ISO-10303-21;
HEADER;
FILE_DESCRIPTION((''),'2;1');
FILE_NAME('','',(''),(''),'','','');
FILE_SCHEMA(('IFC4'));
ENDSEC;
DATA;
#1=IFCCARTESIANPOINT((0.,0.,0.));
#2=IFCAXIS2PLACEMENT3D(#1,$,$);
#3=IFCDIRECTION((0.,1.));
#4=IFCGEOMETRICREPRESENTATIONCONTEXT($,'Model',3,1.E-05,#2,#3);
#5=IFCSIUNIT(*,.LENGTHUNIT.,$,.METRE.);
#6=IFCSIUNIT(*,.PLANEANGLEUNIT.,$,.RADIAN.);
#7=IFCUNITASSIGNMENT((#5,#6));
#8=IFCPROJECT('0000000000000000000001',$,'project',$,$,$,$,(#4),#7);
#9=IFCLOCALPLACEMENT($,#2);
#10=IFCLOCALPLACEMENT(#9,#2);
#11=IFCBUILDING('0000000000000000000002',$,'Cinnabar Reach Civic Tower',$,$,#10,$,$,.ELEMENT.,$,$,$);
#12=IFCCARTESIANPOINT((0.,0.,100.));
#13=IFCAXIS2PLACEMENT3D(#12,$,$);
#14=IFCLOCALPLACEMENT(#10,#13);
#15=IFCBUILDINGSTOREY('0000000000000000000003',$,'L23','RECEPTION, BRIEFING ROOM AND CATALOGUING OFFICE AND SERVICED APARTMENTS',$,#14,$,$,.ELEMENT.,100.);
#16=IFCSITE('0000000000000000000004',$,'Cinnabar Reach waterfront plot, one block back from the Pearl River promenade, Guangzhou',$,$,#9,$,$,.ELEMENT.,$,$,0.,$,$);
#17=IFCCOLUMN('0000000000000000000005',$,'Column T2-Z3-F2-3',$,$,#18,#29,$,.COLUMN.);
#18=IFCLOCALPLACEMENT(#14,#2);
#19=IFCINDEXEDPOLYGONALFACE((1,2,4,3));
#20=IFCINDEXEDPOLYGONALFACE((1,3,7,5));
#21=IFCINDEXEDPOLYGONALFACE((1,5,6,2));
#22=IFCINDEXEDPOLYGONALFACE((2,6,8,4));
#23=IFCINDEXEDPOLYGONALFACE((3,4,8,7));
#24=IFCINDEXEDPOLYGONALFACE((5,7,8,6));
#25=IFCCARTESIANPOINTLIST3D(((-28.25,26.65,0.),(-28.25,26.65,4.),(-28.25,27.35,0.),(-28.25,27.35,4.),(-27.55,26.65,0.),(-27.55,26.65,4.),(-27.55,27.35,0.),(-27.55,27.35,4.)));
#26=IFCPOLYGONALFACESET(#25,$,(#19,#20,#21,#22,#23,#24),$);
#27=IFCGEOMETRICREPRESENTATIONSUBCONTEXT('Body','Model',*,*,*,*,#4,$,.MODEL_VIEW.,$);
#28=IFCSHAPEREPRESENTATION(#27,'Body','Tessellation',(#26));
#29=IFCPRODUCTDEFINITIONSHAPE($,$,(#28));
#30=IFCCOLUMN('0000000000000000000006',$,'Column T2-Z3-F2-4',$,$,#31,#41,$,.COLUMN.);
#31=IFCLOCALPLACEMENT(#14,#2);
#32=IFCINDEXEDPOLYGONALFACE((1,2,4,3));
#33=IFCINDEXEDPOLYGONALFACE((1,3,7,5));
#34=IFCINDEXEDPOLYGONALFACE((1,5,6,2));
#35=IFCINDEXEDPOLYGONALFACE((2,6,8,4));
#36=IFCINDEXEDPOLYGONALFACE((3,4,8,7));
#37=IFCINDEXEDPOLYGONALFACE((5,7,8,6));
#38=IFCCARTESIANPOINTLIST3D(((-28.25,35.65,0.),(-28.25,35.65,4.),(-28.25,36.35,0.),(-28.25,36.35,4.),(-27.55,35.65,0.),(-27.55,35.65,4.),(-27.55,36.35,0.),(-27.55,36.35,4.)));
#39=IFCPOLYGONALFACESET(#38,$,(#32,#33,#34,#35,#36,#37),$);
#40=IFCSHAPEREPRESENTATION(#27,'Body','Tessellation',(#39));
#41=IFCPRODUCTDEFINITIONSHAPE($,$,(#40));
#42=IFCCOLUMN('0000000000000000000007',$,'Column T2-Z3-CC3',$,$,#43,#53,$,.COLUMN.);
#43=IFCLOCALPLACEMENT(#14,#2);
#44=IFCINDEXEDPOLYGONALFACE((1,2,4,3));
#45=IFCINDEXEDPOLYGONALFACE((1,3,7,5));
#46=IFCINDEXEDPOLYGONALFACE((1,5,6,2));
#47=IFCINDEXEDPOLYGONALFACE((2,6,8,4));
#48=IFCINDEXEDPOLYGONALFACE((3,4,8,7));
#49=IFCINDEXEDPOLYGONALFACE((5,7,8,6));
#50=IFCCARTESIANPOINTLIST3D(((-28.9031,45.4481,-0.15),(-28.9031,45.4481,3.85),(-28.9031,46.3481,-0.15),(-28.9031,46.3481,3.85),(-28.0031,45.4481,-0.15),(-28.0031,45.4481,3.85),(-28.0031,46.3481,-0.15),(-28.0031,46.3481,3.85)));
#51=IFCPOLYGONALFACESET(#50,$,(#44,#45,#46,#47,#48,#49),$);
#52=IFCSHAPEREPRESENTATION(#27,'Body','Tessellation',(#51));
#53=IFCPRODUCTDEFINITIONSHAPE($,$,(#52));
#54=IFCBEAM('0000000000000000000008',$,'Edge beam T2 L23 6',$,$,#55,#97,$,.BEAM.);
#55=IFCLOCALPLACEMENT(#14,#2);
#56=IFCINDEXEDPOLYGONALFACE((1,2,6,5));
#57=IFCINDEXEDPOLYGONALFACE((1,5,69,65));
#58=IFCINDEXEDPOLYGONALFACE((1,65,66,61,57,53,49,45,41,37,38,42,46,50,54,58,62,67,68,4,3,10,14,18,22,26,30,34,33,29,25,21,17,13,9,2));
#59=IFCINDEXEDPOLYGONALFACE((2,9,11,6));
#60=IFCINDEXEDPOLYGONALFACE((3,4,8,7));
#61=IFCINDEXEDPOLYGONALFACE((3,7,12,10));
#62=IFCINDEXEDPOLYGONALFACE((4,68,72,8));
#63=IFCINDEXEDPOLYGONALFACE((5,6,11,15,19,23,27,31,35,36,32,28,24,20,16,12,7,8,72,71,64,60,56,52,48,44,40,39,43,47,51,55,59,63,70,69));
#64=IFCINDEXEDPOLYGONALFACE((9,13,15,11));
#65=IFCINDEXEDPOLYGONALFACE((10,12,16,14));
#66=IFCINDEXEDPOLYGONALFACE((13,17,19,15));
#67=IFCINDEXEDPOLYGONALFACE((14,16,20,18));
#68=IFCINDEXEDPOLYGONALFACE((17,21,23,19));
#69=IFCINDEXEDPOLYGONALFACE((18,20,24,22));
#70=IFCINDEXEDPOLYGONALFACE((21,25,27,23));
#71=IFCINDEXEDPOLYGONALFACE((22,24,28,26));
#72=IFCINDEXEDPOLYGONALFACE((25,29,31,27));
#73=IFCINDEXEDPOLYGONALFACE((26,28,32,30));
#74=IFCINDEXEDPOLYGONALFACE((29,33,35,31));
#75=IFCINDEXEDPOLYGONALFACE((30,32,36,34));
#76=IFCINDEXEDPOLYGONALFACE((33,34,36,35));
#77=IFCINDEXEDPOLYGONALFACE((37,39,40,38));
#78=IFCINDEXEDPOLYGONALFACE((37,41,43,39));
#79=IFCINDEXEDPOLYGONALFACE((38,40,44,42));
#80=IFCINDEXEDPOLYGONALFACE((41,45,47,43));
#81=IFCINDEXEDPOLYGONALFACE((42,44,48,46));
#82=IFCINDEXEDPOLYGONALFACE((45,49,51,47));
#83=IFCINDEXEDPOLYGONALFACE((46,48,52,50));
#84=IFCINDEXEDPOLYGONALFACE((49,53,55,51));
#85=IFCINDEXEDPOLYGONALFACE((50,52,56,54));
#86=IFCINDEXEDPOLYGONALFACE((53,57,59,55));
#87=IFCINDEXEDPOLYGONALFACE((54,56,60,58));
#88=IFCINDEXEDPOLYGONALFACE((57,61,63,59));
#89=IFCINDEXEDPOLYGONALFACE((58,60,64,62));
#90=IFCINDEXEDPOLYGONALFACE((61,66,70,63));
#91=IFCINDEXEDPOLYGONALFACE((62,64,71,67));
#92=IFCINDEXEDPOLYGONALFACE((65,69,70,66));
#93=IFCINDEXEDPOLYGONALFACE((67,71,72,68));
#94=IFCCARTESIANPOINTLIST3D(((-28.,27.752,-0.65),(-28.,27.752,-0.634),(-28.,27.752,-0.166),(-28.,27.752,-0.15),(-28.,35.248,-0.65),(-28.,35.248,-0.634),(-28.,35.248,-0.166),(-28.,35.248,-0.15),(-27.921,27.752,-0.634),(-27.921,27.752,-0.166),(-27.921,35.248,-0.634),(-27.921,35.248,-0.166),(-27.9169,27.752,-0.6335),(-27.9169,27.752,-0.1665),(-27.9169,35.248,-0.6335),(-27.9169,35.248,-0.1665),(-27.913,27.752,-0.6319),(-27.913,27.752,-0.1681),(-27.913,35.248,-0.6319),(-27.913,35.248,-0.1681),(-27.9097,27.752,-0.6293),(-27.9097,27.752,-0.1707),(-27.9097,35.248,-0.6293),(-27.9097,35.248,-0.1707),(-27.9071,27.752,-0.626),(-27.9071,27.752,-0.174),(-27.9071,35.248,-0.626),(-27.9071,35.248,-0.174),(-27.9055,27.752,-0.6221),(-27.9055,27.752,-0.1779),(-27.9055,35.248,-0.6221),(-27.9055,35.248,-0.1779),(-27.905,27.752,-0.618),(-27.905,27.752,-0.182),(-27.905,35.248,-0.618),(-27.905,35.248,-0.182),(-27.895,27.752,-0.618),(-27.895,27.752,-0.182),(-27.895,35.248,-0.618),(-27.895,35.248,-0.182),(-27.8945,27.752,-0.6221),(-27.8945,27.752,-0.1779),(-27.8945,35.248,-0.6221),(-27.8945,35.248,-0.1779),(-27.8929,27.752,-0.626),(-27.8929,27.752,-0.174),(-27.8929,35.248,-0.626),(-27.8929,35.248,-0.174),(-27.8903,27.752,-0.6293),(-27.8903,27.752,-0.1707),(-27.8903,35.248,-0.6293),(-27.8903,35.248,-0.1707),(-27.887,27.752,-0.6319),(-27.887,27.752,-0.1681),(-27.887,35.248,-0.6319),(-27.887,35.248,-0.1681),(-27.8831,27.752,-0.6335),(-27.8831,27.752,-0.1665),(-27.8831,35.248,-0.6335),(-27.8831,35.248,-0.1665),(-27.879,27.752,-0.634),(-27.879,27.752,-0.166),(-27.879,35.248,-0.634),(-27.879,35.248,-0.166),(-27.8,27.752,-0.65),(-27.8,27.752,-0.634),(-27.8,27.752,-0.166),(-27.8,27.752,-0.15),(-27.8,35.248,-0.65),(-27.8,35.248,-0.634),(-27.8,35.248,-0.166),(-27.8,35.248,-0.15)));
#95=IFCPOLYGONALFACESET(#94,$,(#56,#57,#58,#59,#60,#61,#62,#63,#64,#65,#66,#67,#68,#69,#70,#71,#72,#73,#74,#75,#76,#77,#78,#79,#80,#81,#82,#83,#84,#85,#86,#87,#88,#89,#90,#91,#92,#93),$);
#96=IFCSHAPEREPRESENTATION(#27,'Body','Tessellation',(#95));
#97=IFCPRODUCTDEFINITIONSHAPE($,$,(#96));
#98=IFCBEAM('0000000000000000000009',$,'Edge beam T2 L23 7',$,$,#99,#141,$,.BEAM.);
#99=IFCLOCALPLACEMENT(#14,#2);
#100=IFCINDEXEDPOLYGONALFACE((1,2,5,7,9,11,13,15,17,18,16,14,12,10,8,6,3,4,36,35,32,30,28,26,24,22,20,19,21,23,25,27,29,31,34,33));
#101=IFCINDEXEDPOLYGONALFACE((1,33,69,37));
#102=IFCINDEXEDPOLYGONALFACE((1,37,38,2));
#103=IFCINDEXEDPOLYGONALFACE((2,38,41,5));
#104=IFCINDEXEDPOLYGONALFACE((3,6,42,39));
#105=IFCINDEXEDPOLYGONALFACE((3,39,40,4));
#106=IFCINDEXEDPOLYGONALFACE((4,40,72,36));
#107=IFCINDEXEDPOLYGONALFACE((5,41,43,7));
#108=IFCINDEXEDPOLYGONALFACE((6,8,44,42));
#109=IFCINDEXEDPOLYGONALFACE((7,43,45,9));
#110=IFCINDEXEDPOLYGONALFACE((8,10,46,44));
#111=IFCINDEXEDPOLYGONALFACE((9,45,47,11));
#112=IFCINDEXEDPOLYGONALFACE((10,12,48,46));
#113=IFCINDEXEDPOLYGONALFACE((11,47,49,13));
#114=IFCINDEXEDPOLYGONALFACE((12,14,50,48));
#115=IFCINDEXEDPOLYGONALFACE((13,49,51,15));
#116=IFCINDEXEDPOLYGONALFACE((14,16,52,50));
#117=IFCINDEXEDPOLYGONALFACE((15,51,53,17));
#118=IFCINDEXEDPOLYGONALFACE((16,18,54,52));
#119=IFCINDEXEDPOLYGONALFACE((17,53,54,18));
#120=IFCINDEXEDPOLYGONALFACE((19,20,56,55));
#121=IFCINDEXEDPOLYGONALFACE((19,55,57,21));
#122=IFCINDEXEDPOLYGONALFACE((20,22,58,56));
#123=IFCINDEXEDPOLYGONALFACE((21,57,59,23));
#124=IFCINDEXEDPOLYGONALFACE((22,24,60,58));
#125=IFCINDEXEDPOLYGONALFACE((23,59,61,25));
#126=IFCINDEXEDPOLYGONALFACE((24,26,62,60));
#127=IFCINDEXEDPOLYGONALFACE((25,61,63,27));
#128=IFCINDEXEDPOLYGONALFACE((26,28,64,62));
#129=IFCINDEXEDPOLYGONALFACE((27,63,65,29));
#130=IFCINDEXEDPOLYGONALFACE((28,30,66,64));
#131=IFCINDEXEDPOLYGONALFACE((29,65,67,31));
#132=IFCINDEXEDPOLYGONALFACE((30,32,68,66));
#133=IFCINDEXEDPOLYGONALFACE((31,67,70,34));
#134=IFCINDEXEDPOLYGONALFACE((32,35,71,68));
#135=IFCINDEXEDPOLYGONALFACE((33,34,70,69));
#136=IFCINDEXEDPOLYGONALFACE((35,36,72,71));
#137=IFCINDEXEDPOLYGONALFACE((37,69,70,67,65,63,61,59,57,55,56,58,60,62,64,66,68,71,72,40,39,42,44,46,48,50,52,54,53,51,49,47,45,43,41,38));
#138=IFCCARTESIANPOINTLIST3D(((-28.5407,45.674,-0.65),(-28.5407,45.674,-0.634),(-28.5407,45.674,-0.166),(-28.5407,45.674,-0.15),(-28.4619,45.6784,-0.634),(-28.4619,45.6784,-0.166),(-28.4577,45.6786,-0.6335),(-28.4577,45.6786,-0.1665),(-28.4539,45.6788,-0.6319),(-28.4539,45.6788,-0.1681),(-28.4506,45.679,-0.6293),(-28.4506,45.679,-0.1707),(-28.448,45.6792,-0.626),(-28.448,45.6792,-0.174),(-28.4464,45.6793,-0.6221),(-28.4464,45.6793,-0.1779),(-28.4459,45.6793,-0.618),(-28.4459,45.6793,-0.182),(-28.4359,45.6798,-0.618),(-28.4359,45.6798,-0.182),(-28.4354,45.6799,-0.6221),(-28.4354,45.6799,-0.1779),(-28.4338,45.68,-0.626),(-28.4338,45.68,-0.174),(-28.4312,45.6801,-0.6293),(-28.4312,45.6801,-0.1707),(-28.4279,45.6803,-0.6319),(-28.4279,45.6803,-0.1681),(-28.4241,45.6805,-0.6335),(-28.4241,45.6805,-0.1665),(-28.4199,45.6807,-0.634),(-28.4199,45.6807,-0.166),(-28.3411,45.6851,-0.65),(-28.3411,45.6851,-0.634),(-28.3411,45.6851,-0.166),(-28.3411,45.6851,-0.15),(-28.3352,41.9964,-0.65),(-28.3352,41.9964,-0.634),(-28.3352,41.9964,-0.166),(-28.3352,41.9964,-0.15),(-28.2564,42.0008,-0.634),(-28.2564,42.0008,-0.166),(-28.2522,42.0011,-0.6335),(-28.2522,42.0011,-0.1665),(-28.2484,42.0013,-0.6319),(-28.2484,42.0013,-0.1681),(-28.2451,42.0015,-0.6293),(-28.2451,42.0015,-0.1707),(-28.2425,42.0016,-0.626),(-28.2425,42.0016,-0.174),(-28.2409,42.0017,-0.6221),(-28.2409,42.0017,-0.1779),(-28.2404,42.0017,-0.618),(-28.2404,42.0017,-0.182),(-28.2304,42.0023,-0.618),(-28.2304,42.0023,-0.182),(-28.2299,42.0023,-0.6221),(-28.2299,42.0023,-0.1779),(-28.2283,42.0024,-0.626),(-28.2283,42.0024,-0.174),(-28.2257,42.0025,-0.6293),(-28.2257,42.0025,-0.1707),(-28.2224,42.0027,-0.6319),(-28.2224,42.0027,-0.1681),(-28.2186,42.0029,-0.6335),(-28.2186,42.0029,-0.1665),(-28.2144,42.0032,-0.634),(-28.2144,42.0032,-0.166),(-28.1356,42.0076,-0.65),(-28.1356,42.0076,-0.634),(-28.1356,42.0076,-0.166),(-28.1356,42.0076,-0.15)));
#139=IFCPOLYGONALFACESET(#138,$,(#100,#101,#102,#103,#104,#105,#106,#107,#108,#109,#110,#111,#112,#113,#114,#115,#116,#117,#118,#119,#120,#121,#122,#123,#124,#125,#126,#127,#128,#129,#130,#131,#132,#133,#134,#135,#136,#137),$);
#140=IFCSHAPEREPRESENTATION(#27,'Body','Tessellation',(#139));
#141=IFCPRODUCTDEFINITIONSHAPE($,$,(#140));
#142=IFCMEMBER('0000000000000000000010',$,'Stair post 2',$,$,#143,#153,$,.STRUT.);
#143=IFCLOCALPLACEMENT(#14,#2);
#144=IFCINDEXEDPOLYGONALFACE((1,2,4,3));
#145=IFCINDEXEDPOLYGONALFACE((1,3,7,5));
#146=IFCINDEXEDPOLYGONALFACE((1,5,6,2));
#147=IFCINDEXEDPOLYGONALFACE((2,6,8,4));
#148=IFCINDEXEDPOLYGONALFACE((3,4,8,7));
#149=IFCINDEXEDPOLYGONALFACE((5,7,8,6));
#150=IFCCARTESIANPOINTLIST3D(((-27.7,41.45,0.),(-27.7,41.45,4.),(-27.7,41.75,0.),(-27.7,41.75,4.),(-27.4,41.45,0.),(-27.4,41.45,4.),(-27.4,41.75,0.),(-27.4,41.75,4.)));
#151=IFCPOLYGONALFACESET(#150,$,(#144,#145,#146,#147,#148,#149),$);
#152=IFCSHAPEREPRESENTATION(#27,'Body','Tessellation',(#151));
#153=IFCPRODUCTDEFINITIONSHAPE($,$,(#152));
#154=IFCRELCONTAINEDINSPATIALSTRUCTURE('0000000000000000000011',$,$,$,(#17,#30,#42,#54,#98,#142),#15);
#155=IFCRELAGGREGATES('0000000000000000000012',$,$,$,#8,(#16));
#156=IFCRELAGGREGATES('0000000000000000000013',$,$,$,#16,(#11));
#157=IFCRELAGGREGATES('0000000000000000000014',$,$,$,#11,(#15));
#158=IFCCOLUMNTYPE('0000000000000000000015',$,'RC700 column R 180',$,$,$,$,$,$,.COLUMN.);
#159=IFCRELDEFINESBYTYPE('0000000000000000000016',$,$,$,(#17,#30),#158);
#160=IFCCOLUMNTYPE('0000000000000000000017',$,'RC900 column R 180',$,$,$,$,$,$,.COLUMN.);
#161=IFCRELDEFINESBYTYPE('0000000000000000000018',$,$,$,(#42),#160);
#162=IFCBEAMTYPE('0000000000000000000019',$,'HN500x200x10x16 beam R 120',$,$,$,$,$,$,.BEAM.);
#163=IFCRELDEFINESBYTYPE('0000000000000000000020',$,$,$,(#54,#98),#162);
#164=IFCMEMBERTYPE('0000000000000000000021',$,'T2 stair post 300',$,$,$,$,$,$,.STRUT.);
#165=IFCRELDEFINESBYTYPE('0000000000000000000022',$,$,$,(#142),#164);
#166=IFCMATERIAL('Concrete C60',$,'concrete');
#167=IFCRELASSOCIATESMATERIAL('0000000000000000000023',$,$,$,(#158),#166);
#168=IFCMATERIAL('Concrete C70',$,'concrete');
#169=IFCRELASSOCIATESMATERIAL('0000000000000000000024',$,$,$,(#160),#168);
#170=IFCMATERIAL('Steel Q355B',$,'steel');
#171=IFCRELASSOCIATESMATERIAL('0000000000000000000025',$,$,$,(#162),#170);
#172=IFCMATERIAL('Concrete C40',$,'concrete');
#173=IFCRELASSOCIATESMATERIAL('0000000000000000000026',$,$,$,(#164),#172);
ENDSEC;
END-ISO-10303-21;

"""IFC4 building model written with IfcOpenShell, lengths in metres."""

from ifc_helpers import new_model, si_unit, direction, frame, origin, origin_2d, place, context, subcontext, project, spatial, rectangle, i_section, extrude, material, material_profile, profile_set, type_object, element, save


model = new_model("IFC4")

# Units and contexts
model_context = context("Model", 3, precision=1e-05, world=origin(), true_north=direction((0.0, 1.0)))
body_context = subcontext(model_context, "Body", "Model", "MODEL_VIEW")
ifc_project = project(units=[si_unit("LENGTHUNIT", "METRE"), si_unit("PLANEANGLEUNIT", "RADIAN")], contexts=[model_context])

# Site, building, storey
site_placement = place(None, origin())
site = spatial("IfcSite", under=ifc_project, at=site_placement, Name="Cinnabar Reach waterfront plot, one block back from the Pearl River promenade, Guangzhou", CompositionType="ELEMENT", RefElevation=0.0)
building_placement = place(site_placement, origin())
building = spatial("IfcBuilding", under=site, at=building_placement, Name="Cinnabar Reach Civic Tower", CompositionType="ELEMENT")
storey_placement = place(building_placement, frame((0.0, 0.0, 100.0)))
storey = spatial("IfcBuildingStorey", under=building, at=storey_placement, Name="L23", Description="RECEPTION, BRIEFING ROOM AND CATALOGUING OFFICE AND SERVICED APARTMENTS", CompositionType="ELEMENT", Elevation=100.0)

# Columns
ifc_material_1 = material(Name="Concrete C60", Category="concrete")
ifc_material_profile_1 = material_profile(ifc_material_1, rectangle(XDim=0.7, YDim=0.7, at=origin_2d()), Name="RC700")
ifc_profile_set_1 = profile_set([ifc_material_profile_1], Name="Concrete C60")
column_type_1 = type_object("IfcColumnType", Name="RC700 column R 180", PredefinedType="COLUMN", material=ifc_profile_set_1)
for number, where, z_axis, x_axis, name in (
    (1, (-27.9, 27.0, 0.0), (0.0, 0.0, 1.0), (1.0, 0.0, 0.0), "Column T2-Z3-F2-3"),
    (2, (-27.9, 36.0, 0.0), (0.0, 0.0, 1.0), (1.0, 0.0, 0.0), "Column T2-Z3-F2-4"),
):
    element("IfcColumn", number, at=place(storey_placement, frame(where, z_axis=z_axis, x_axis=x_axis)), inside=storey, type_object=column_type_1, Name=name, PredefinedType="COLUMN", context=body_context, shape_type="SweptSolid", body=[
        extrude(rectangle(XDim=0.7, YDim=0.7, at=origin_2d()), origin(), (0.0, 0.0, 1.0), 4.0),
    ])
ifc_material_2 = material(Name="Concrete C70", Category="concrete")
ifc_material_profile_2 = material_profile(ifc_material_2, rectangle(XDim=0.9, YDim=0.9, at=origin_2d()), Name="RC900")
ifc_profile_set_2 = profile_set([ifc_material_profile_2], Name="Concrete C70")
column_type_2 = type_object("IfcColumnType", Name="RC900 column R 180", PredefinedType="COLUMN", material=ifc_profile_set_2)
column_placement = place(storey_placement, frame((-28.4531, 45.8981, -0.15), z_axis=(0.0, 0.0, 1.0), x_axis=(1.0, 0.0, 0.0)))
element("IfcColumn", 3, at=column_placement, inside=storey, type_object=column_type_2, Name="Column T2-Z3-CC3", PredefinedType="COLUMN", context=body_context, shape_type="SweptSolid", body=[
    extrude(rectangle(XDim=0.9, YDim=0.9, at=origin_2d()), origin(), (0.0, 0.0, 1.0), 4.0),
])

# Beams
ifc_material_3 = material(Name="Steel Q355B", Category="steel")
ifc_material_profile_3 = material_profile(ifc_material_3, i_section(OverallWidth=0.2, OverallDepth=0.5, WebThickness=0.01, FlangeThickness=0.016, FilletRadius=0.016, at=origin_2d()), Name="HN500x200x10x16")
ifc_profile_set_3 = profile_set([ifc_material_profile_3], Name="Steel Q355B")
beam_type_1 = type_object("IfcBeamType", Name="HN500x200x10x16 beam R 120", PredefinedType="BEAM", material=ifc_profile_set_3)
beam_1_placement = place(storey_placement, frame((-27.9, 27.752, -0.4), z_axis=(0.0, 1.0, 0.0), x_axis=(-1.0, 0.0, 0.0)))
element("IfcBeam", 4, at=beam_1_placement, inside=storey, type_object=beam_type_1, Name="Edge beam T2 L23 6", PredefinedType="BEAM", context=body_context, shape_type="SweptSolid", body=[
    extrude(i_section(OverallWidth=0.2, OverallDepth=0.5, WebThickness=0.01, FlangeThickness=0.016, FilletRadius=0.016, at=origin_2d()), origin(), (0.0, 0.0, 1.0), 7.496),
])
beam_2_placement = place(storey_placement, frame((-28.2354, 42.002, -0.4), z_axis=(-0.055792, 0.998442, 0.0), x_axis=(-0.998442, -0.055792, 0.0)))
element("IfcBeam", 5, at=beam_2_placement, inside=storey, type_object=beam_type_1, Name="Edge beam T2 L23 7", PredefinedType="BEAM", context=body_context, shape_type="SweptSolid", body=[
    extrude(i_section(OverallWidth=0.2, OverallDepth=0.5, WebThickness=0.01, FlangeThickness=0.016, FilletRadius=0.016, at=origin_2d()), origin(), (0.0, 0.0, 1.0), 3.6833),
])

# Member
ifc_material_4 = material(Name="Concrete C40", Category="concrete")
ifc_material_profile_4 = material_profile(ifc_material_4, rectangle(XDim=0.3, YDim=0.3, at=origin_2d()), Name="C300")
ifc_profile_set_4 = profile_set([ifc_material_profile_4], Name="Concrete C40")
member_type = type_object("IfcMemberType", Name="T2 stair post 300", PredefinedType="STRUT", material=ifc_profile_set_4)
member_placement = place(storey_placement, frame((-27.55, 41.6, 0.0), z_axis=(0.0, 0.0, 1.0), x_axis=(1.0, 0.0, 0.0)))
element("IfcMember", 6, at=member_placement, inside=storey, type_object=member_type, Name="Stair post 2", PredefinedType="STRUT", context=body_context, shape_type="SweptSolid", body=[
    extrude(rectangle(XDim=0.3, YDim=0.3, at=origin_2d()), origin(), (0.0, 0.0, 1.0), 4.0),
])

save(model, "model.ifc")
